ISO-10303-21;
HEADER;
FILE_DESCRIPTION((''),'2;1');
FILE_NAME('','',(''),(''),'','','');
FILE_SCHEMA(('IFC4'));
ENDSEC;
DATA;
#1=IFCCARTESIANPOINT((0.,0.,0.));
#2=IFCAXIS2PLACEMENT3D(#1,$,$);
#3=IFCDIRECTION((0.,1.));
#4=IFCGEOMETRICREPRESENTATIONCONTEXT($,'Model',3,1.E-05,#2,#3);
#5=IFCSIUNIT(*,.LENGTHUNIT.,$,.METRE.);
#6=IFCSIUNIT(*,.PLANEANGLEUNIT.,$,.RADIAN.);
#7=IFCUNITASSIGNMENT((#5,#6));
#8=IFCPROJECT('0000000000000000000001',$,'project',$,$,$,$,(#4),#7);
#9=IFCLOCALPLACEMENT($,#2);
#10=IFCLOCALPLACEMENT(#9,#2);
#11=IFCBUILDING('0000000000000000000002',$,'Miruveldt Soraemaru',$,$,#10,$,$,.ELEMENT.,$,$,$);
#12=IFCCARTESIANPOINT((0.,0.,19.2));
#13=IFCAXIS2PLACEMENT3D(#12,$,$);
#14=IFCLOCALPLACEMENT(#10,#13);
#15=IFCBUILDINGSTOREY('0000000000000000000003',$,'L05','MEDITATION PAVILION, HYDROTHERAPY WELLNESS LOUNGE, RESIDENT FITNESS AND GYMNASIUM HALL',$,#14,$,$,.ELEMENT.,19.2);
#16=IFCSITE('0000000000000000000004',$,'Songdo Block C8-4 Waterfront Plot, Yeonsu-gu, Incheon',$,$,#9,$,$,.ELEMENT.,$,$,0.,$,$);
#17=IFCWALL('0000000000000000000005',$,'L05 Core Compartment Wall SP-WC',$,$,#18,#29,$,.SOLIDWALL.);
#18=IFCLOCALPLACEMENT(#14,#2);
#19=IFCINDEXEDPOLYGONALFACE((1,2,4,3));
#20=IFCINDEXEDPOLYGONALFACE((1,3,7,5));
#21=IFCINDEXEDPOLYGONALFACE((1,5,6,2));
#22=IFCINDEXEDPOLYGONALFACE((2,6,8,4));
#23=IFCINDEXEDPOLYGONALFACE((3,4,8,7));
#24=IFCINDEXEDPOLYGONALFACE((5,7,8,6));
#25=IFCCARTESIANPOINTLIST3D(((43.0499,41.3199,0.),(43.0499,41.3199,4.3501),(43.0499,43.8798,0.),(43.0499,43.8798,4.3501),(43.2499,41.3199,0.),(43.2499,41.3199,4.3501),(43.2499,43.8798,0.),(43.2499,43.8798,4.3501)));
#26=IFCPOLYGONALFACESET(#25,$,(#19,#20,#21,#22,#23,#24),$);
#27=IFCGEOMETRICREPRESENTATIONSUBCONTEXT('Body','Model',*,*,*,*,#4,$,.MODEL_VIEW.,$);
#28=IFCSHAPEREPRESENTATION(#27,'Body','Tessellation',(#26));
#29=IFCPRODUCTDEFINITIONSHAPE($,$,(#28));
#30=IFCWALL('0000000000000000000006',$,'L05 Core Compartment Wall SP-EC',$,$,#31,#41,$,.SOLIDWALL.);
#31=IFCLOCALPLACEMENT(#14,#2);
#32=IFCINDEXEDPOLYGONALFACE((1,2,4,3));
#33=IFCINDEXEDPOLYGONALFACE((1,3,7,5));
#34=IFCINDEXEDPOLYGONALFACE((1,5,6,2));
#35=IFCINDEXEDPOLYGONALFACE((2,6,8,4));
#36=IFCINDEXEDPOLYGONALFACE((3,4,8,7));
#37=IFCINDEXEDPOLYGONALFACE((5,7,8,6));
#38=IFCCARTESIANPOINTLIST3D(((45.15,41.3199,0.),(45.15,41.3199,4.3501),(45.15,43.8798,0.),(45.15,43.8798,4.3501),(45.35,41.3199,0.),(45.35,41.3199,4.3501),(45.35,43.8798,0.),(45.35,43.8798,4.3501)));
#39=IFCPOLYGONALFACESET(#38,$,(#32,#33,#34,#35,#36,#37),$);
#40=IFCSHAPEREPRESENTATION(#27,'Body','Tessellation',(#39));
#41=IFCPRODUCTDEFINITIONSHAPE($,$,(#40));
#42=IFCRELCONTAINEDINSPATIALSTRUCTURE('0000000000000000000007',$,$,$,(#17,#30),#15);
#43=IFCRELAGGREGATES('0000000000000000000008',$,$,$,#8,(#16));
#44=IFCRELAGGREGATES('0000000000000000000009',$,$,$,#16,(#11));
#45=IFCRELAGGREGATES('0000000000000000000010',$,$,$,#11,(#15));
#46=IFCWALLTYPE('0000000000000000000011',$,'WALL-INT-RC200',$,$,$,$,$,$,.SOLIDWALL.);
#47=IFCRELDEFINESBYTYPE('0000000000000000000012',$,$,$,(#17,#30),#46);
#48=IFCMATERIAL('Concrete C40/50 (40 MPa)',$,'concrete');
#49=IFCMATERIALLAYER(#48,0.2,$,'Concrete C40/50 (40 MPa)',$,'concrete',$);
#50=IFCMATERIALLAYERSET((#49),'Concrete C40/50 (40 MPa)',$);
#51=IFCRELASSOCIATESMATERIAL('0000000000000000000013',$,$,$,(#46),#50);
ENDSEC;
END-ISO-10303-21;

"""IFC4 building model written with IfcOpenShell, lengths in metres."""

from ifc_helpers import new_model, si_unit, direction, frame, frame_2d, origin, place, context, subcontext, project, spatial, rectangle, extrude, material, layer, layer_set, type_object, element, save


model = new_model("IFC4")

# Units and contexts
model_context = context("Model", 3, precision=1e-05, world=origin(), true_north=direction((0.0, 1.0)))
body_context = subcontext(model_context, "Body", "Model", "MODEL_VIEW")
ifc_project = project(units=[si_unit("LENGTHUNIT", "METRE"), si_unit("PLANEANGLEUNIT", "RADIAN")], contexts=[model_context])

# Site, building, storey
site_placement = place(None, origin())
site = spatial("IfcSite", under=ifc_project, at=site_placement, Name="Songdo Block C8-4 Waterfront Plot, Yeonsu-gu, Incheon", CompositionType="ELEMENT", RefElevation=0.0)
building_placement = place(site_placement, origin())
building = spatial("IfcBuilding", under=site, at=building_placement, Name="Miruveldt Soraemaru", CompositionType="ELEMENT")
storey_placement = place(building_placement, frame((0.0, 0.0, 19.2)))
storey = spatial("IfcBuildingStorey", under=building, at=storey_placement, Name="L05", Description="MEDITATION PAVILION, HYDROTHERAPY WELLNESS LOUNGE, RESIDENT FITNESS AND GYMNASIUM HALL", CompositionType="ELEMENT", Elevation=19.2)

# Shared definitions
ifc_material_1 = material(Name="Concrete C40/50 (40 MPa)", Category="concrete")

# Shared definitions
ifc_layer_1 = layer(ifc_material_1, 0.2, Name="Concrete C40/50 (40 MPa)", Category="concrete")
ifc_layer_set_1 = layer_set([ifc_layer_1], Name="Concrete C40/50 (40 MPa)")
wall_type_1 = type_object("IfcWallType", Name="WALL-INT-RC200", PredefinedType="SOLIDWALL", material=ifc_layer_set_1)

# Walls
for number, where, z_axis, x_axis, name in (
    (1, (43.1499, 41.3201, 0.0), (0.0, 0.0, 1.0), (0.0, 1.0, 0.0), "L05 Core Compartment Wall SP-WC"),
    (2, (45.25, 41.3201, 0.0), (0.0, 0.0, 1.0), (0.0, 1.0, 0.0), "L05 Core Compartment Wall SP-EC"),
):
    element("IfcWall", number, at=place(storey_placement, frame(where, z_axis=z_axis, x_axis=x_axis)), inside=storey, type_object=wall_type_1, Name=name, PredefinedType="SOLIDWALL", context=body_context, shape_type="SweptSolid", body=[
        extrude(rectangle(XDim=2.5598, YDim=0.2, at=frame_2d((1.2798, 0.0))), origin(), (0.0, 0.0, 1.0), 4.3501),
    ])

save(model, "model.ifc")
